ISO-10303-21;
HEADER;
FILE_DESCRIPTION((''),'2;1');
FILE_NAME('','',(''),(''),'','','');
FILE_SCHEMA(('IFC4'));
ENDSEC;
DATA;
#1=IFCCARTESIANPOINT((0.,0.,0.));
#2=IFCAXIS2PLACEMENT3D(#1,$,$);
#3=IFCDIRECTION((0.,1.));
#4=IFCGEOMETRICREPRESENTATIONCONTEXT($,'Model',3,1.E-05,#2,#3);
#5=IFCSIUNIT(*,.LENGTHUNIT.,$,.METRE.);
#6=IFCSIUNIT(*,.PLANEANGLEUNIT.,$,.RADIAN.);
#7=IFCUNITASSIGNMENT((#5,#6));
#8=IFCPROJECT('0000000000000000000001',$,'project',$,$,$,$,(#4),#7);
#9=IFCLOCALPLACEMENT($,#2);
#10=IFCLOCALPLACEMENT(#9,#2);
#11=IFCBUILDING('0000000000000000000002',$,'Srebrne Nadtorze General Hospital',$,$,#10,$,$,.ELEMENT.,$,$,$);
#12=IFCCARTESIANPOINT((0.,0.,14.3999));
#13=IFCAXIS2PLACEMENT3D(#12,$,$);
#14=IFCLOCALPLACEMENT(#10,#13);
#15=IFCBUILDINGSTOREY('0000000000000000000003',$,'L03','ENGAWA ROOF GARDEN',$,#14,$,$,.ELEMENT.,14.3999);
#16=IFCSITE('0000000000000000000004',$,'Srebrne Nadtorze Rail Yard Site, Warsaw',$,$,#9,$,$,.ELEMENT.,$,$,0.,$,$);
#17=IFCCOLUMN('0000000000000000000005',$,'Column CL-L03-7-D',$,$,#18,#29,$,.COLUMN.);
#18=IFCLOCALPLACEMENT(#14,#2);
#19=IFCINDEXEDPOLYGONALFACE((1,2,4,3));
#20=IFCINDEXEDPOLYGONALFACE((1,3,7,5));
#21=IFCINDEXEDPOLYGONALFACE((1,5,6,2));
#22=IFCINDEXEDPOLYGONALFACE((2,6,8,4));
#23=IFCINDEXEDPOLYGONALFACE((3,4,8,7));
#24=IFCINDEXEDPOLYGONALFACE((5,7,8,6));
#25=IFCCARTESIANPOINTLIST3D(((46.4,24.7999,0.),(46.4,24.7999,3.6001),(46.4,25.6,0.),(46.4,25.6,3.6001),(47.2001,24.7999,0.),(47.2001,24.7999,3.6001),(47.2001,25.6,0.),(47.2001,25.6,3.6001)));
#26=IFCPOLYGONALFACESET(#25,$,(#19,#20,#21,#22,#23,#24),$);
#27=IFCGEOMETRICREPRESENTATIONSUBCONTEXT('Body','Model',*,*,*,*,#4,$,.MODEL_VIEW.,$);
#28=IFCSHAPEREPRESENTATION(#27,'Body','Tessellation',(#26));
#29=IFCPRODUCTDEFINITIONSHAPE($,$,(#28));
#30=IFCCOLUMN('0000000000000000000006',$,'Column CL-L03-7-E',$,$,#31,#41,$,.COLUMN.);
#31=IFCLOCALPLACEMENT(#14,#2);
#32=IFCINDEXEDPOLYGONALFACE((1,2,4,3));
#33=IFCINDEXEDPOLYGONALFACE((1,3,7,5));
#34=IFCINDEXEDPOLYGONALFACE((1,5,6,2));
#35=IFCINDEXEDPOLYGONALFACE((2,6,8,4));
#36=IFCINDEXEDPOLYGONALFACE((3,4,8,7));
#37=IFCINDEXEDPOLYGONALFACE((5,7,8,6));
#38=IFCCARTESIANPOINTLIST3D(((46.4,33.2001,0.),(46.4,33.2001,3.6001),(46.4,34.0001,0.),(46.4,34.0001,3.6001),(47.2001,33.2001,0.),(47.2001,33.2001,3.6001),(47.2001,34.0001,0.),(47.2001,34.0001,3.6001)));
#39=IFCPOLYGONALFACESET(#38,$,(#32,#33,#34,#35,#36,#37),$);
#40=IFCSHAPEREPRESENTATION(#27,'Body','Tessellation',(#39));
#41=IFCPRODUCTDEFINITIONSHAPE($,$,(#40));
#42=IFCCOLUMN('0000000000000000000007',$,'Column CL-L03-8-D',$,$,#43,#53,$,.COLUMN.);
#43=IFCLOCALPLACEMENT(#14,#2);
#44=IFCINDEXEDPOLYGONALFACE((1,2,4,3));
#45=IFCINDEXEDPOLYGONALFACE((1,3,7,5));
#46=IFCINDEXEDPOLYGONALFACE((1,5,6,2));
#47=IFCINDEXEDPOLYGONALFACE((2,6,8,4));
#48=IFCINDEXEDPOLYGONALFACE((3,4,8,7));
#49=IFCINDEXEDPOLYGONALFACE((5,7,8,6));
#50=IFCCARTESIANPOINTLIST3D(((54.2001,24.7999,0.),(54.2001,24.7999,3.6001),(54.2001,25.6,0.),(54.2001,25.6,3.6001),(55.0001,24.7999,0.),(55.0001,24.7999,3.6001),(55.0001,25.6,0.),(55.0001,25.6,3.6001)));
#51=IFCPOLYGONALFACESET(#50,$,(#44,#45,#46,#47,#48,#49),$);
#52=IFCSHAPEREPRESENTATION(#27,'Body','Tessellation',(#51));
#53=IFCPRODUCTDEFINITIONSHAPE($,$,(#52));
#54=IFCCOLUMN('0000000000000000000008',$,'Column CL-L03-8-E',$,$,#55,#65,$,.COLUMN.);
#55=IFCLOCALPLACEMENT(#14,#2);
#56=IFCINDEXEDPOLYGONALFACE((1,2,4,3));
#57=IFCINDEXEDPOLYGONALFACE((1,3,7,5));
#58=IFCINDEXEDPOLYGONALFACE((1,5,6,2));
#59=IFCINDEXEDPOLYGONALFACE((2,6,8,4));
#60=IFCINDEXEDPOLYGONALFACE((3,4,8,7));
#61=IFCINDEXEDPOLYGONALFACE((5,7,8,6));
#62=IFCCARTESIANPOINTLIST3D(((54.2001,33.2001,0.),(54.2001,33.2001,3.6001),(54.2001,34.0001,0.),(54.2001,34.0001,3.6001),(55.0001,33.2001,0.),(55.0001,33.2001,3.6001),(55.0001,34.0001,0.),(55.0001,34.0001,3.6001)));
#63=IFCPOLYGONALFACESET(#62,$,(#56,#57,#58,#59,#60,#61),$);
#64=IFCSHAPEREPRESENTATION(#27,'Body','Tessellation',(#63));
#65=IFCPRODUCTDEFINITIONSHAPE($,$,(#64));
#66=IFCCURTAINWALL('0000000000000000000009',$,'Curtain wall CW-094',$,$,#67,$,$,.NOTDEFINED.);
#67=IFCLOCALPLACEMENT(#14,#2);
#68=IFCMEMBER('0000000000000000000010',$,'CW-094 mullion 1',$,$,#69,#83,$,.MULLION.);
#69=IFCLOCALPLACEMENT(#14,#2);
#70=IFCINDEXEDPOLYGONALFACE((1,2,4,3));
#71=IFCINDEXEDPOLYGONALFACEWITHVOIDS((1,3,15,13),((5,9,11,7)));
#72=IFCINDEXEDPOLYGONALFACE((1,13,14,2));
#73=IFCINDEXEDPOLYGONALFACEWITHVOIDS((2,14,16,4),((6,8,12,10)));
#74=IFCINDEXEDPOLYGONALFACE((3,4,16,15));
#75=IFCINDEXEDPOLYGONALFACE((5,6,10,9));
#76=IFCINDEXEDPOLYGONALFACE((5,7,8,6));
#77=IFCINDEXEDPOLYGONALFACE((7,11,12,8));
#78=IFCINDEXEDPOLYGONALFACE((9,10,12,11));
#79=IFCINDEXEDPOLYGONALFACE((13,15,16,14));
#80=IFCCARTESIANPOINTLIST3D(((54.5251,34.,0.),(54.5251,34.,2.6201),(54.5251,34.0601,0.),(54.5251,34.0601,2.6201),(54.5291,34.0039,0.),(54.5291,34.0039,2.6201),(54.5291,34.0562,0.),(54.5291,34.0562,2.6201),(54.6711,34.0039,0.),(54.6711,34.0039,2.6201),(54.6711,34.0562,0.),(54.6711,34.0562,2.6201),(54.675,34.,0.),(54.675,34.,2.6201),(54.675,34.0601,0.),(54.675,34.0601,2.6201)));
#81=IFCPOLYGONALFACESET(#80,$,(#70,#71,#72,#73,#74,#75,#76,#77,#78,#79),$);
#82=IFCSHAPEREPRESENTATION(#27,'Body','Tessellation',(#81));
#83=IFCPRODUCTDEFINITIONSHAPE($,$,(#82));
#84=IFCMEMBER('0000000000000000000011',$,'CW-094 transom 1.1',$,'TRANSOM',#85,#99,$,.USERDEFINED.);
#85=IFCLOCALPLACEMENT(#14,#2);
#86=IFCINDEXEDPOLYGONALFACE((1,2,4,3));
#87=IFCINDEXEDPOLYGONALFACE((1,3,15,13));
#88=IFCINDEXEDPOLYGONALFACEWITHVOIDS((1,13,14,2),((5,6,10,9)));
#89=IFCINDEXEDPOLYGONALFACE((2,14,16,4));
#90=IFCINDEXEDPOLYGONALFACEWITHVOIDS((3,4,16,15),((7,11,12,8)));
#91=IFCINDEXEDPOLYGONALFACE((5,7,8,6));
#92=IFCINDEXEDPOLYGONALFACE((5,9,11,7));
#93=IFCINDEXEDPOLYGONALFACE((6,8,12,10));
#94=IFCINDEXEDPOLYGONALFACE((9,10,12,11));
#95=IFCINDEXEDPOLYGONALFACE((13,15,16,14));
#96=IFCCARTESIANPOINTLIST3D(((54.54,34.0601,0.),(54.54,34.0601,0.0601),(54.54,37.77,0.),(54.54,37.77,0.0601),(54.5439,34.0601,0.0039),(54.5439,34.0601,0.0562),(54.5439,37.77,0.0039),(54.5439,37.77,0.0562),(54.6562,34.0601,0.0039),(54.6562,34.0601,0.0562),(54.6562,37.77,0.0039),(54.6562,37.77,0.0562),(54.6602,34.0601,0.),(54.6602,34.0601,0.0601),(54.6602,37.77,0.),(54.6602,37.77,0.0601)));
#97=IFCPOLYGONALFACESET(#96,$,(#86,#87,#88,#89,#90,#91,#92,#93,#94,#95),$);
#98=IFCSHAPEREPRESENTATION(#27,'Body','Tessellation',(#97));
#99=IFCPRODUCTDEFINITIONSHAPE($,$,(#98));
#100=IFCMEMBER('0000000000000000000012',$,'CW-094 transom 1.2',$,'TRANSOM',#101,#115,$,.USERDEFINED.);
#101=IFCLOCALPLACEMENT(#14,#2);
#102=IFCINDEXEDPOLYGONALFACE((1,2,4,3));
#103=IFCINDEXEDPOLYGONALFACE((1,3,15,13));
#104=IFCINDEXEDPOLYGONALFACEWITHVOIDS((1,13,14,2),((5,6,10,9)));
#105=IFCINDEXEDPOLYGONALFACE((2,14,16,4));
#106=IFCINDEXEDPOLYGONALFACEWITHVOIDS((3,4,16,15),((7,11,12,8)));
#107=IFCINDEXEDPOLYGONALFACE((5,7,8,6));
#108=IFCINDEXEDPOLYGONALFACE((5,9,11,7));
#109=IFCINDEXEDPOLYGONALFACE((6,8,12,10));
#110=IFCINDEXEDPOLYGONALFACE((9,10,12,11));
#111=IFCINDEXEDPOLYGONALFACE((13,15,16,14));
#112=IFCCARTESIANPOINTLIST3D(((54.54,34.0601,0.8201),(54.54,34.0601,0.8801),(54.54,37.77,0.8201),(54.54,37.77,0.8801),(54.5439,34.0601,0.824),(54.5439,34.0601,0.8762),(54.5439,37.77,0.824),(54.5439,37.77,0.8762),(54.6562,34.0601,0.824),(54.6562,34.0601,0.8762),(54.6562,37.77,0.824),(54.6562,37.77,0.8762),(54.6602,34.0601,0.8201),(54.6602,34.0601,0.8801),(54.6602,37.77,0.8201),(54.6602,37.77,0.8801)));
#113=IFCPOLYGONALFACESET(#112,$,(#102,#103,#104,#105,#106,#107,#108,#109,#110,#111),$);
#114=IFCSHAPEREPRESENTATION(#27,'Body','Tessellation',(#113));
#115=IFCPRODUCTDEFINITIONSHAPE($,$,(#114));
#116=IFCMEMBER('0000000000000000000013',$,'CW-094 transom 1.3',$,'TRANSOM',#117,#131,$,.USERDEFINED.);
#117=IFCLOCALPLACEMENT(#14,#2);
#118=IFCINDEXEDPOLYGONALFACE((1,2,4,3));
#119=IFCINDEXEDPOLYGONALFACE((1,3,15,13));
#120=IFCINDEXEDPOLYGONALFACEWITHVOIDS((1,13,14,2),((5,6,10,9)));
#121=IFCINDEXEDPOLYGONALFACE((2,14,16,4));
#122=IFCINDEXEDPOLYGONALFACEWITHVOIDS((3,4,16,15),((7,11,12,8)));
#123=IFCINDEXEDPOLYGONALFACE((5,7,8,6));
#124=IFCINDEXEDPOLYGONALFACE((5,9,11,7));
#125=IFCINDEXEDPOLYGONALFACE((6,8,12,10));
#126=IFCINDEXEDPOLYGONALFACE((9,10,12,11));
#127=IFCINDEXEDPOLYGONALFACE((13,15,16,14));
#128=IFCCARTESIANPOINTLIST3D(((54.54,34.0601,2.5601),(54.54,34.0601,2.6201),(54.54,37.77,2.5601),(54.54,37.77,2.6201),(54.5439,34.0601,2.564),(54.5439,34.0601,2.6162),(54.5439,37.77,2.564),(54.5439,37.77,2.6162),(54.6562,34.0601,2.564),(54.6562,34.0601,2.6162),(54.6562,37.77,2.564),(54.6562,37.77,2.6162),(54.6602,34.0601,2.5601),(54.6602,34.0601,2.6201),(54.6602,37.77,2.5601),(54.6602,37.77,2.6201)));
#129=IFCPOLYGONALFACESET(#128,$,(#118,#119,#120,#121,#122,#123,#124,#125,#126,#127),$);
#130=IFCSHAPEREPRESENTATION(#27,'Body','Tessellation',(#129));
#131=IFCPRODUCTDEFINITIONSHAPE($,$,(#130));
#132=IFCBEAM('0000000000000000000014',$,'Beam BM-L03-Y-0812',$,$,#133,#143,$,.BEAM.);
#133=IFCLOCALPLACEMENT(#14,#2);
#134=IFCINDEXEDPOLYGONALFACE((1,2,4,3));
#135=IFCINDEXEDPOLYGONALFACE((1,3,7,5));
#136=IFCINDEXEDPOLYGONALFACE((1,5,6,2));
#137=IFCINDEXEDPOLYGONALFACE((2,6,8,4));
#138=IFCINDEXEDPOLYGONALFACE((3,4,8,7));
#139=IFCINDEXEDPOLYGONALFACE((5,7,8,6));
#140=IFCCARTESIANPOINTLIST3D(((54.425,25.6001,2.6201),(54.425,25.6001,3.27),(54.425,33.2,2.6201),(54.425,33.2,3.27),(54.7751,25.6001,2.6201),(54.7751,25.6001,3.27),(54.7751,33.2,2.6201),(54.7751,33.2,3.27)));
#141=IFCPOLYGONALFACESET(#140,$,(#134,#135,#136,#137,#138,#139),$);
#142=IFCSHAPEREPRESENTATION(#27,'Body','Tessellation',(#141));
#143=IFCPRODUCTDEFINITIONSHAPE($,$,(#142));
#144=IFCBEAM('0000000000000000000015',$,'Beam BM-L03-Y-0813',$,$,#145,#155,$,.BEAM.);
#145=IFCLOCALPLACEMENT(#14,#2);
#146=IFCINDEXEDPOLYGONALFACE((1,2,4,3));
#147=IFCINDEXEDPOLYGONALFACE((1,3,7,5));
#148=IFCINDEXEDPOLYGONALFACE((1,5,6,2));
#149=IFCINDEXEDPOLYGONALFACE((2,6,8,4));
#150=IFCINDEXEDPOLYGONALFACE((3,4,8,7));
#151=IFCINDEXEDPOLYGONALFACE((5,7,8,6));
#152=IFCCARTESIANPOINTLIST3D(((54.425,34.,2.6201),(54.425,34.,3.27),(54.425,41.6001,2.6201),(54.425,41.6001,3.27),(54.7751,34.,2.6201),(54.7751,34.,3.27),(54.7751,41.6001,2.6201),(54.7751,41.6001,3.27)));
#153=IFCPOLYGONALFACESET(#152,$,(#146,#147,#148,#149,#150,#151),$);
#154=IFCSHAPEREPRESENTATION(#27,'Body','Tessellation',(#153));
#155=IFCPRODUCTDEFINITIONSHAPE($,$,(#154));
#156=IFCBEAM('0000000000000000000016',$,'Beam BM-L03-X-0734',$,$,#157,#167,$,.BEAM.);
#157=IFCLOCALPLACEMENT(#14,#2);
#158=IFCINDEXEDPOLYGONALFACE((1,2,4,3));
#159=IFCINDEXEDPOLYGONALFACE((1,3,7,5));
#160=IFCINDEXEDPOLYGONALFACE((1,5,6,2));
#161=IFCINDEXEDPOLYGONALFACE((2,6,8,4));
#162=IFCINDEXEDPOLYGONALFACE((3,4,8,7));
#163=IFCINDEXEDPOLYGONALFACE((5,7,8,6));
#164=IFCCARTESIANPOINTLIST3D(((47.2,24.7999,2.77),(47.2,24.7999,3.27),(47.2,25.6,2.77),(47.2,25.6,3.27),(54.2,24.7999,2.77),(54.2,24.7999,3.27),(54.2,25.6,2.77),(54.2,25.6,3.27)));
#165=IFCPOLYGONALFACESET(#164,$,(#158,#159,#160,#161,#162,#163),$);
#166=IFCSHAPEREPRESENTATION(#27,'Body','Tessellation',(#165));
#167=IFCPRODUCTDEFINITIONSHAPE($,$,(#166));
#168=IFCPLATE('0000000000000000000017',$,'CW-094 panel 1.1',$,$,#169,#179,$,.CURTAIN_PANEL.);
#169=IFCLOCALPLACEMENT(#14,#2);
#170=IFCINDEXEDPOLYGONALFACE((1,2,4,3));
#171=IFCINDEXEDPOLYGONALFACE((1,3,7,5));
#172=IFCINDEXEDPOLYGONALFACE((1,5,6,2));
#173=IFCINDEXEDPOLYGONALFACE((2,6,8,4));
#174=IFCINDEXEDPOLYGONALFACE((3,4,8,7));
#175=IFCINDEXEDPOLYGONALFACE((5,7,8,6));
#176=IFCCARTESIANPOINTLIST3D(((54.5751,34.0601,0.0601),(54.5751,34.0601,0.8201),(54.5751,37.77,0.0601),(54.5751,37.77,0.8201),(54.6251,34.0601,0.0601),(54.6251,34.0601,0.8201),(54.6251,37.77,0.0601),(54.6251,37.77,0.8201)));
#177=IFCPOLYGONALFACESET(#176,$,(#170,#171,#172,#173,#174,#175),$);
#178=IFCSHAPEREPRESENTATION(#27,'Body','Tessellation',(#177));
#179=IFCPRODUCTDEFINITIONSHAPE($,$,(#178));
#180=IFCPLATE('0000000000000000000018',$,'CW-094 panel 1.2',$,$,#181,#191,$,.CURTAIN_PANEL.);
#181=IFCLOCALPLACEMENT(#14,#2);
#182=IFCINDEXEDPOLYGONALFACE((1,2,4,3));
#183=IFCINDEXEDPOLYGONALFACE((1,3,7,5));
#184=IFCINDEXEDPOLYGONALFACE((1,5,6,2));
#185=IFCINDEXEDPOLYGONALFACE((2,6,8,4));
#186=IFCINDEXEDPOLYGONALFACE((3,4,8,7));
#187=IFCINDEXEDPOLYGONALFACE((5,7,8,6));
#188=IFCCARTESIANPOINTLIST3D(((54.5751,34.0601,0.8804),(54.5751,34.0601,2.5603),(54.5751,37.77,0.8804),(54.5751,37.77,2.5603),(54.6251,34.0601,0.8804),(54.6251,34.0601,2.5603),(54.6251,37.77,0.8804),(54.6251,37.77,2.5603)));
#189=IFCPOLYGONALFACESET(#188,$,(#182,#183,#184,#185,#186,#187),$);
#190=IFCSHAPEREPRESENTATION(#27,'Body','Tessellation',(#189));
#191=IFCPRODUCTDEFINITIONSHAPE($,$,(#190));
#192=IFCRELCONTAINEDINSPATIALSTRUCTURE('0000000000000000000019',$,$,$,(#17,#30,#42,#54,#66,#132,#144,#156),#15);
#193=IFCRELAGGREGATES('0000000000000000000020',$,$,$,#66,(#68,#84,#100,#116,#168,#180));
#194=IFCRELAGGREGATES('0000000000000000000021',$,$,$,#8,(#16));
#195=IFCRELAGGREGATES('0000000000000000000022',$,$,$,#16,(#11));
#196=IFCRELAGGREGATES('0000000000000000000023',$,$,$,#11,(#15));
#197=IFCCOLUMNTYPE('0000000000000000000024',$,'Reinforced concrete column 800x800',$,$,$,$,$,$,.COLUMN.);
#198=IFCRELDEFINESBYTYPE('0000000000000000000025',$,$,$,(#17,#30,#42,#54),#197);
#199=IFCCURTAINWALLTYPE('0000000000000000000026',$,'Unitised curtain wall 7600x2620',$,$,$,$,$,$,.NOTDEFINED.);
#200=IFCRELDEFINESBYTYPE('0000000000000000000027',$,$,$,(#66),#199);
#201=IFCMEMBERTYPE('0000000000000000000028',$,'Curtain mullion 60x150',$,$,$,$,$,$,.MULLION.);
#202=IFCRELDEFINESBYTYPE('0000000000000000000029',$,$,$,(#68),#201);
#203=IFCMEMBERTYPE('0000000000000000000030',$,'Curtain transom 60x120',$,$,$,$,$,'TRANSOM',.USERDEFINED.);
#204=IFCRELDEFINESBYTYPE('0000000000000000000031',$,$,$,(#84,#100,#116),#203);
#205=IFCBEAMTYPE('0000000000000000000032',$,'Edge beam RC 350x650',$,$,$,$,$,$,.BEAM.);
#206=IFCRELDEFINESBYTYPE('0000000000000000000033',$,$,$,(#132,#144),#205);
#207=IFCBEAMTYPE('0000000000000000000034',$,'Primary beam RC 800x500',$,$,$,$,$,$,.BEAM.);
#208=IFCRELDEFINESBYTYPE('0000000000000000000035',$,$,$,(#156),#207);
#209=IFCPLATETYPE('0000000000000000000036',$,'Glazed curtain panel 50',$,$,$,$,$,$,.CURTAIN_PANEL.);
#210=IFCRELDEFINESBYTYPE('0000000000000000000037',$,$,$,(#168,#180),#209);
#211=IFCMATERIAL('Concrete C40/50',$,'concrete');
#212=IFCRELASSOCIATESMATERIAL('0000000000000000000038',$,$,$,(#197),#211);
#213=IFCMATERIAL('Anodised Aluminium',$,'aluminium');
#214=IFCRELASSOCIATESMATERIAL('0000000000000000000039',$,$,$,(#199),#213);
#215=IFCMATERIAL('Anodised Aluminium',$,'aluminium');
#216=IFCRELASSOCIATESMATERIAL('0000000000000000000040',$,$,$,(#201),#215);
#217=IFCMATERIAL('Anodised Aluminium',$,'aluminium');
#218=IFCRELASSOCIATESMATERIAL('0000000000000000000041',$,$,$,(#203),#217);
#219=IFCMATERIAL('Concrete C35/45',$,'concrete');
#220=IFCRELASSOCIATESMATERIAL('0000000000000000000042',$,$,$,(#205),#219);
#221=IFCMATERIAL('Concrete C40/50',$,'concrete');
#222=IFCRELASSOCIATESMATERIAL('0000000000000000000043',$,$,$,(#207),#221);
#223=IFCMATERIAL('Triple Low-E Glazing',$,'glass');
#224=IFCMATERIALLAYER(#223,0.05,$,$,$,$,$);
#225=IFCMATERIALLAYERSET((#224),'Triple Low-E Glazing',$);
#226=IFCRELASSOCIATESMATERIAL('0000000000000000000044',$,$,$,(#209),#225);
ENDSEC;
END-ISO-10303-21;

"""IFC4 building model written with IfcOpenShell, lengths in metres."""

from ifc_helpers import new_model, si_unit, direction, frame, origin, origin_2d, place, context, subcontext, project, spatial, rectangle, hollow_rectangle, extrude, material, layer, layer_set, material_profile, profile_set, type_object, element, aggregate, save


model = new_model("IFC4")

# Units and contexts
model_context = context("Model", 3, precision=1e-05, world=origin(), true_north=direction((0.0, 1.0)))
body_context = subcontext(model_context, "Body", "Model", "MODEL_VIEW")
ifc_project = project(units=[si_unit("LENGTHUNIT", "METRE"), si_unit("PLANEANGLEUNIT", "RADIAN")], contexts=[model_context])

# Site, building, storey
site_placement = place(None, origin())
site = spatial("IfcSite", under=ifc_project, at=site_placement, Name="Srebrne Nadtorze Rail Yard Site, Warsaw", CompositionType="ELEMENT", RefElevation=0.0)
building_placement = place(site_placement, origin())
building = spatial("IfcBuilding", under=site, at=building_placement, Name="Srebrne Nadtorze General Hospital", CompositionType="ELEMENT")
storey_placement = place(building_placement, frame((0.0, 0.0, 14.3999)))
storey = spatial("IfcBuildingStorey", under=building, at=storey_placement, Name="L03", Description="ENGAWA ROOF GARDEN", CompositionType="ELEMENT", Elevation=14.3999)

# Columns
ifc_material_1 = material(Name="Concrete C40/50", Category="concrete")
ifc_material_profile_1 = material_profile(ifc_material_1, rectangle(XDim=0.8, YDim=0.8, at=origin_2d()), Name="RC-COL-800x800")
ifc_profile_set_1 = profile_set([ifc_material_profile_1], Name="Concrete C40/50")
column_type = type_object("IfcColumnType", Name="Reinforced concrete column 800x800", PredefinedType="COLUMN", material=ifc_profile_set_1)
for number, where, z_axis, x_axis, name in (
    (1, (46.8, 25.2, 0.0), (0.0, 0.0, 1.0), (1.0, 0.0, 0.0), "Column CL-L03-7-D"),
    (2, (46.8, 33.6001, 0.0), (0.0, 0.0, 1.0), (1.0, 0.0, 0.0), "Column CL-L03-7-E"),
    (3, (54.6001, 25.2, 0.0), (0.0, 0.0, 1.0), (1.0, 0.0, 0.0), "Column CL-L03-8-D"),
    (4, (54.6001, 33.6001, 0.0), (0.0, 0.0, 1.0), (1.0, 0.0, 0.0), "Column CL-L03-8-E"),
):
    element("IfcColumn", number, at=place(storey_placement, frame(where, z_axis=z_axis, x_axis=x_axis)), inside=storey, type_object=column_type, Name=name, PredefinedType="COLUMN", context=body_context, shape_type="SweptSolid", body=[
        extrude(rectangle(XDim=0.8, YDim=0.8, at=origin_2d()), origin(), (0.0, 0.0, 1.0), 3.6001),
    ])

# Curtain wall, members
ifc_material_2 = material(Name="Anodised Aluminium", Category="aluminium")
curtain_wall_type = type_object("IfcCurtainWallType", Name="Unitised curtain wall 7600x2620", PredefinedType="NOTDEFINED", material=ifc_material_2)
curtain_wall_placement = place(storey_placement, origin())
curtain_wall = element("IfcCurtainWall", 5, at=curtain_wall_placement, inside=storey, type_object=curtain_wall_type, Name="Curtain wall CW-094", PredefinedType="NOTDEFINED")
ifc_material_3 = material(Name="Anodised Aluminium", Category="aluminium")
ifc_material_profile_2 = material_profile(ifc_material_3, hollow_rectangle(XDim=0.0601, YDim=0.1499, WallThickness=0.0039, at=origin_2d()), Name="AL-MUL-60x150")
ifc_profile_set_2 = profile_set([ifc_material_profile_2], Name="Anodised Aluminium")
member_type_1 = type_object("IfcMemberType", Name="Curtain mullion 60x150", PredefinedType="MULLION", material=ifc_profile_set_2)
member_1_placement = place(storey_placement, frame((54.6001, 34.03, 0.0), z_axis=(0.0, 0.0, 1.0), x_axis=(0.0, 1.0, 0.0)))
member_1 = element("IfcMember", 6, at=member_1_placement, type_object=member_type_1, Name="CW-094 mullion 1", PredefinedType="MULLION", context=body_context, shape_type="SweptSolid", body=[
    extrude(hollow_rectangle(XDim=0.0601, YDim=0.1499, WallThickness=0.0039, at=origin_2d()), origin(), (0.0, 0.0, 1.0), 2.6201),
])
ifc_material_4 = material(Name="Anodised Aluminium", Category="aluminium")
ifc_material_profile_3 = material_profile(ifc_material_4, hollow_rectangle(XDim=0.0601, YDim=0.1201, WallThickness=0.0039, at=origin_2d()), Name="AL-TRN-60x120")
ifc_profile_set_3 = profile_set([ifc_material_profile_3], Name="Anodised Aluminium")
member_type_2 = type_object("IfcMemberType", Name="Curtain transom 60x120", ElementType="TRANSOM", PredefinedType="USERDEFINED", material=ifc_profile_set_3)
member_2_placement = place(storey_placement, frame((54.6001, 34.0601, 0.03), z_axis=(0.0, 1.0, 0.0), x_axis=(0.0, 0.0, 1.0)))
member_2 = element("IfcMember", 7, at=member_2_placement, type_object=member_type_2, Name="CW-094 transom 1.1", ObjectType="TRANSOM", PredefinedType="USERDEFINED", context=body_context, shape_type="SweptSolid", body=[
    extrude(hollow_rectangle(XDim=0.0601, YDim=0.1201, WallThickness=0.0039, at=origin_2d()), origin(), (0.0, 0.0, 1.0), 3.71),
])
member_3_placement = place(storey_placement, frame((54.6001, 34.0601, 0.8501), z_axis=(0.0, 1.0, 0.0), x_axis=(0.0, 0.0, 1.0)))
member_3 = element("IfcMember", 8, at=member_3_placement, type_object=member_type_2, Name="CW-094 transom 1.2", ObjectType="TRANSOM", PredefinedType="USERDEFINED", context=body_context, shape_type="SweptSolid", body=[
    extrude(hollow_rectangle(XDim=0.0601, YDim=0.1201, WallThickness=0.0039, at=origin_2d()), origin(), (0.0, 0.0, 1.0), 3.71),
])
member_4_placement = place(storey_placement, frame((54.6001, 34.0601, 2.5901), z_axis=(0.0, 1.0, 0.0), x_axis=(0.0, 0.0, 1.0)))
member_4 = element("IfcMember", 9, at=member_4_placement, type_object=member_type_2, Name="CW-094 transom 1.3", ObjectType="TRANSOM", PredefinedType="USERDEFINED", context=body_context, shape_type="SweptSolid", body=[
    extrude(hollow_rectangle(XDim=0.0601, YDim=0.1201, WallThickness=0.0039, at=origin_2d()), origin(), (0.0, 0.0, 1.0), 3.71),
])

# Beams
ifc_material_5 = material(Name="Concrete C35/45", Category="concrete")
ifc_material_profile_4 = material_profile(ifc_material_5, rectangle(XDim=0.3501, YDim=0.6499, at=origin_2d()), Name="RC-BM-350x650")
ifc_profile_set_4 = profile_set([ifc_material_profile_4], Name="Concrete C35/45")
beam_type_1 = type_object("IfcBeamType", Name="Edge beam RC 350x650", PredefinedType="BEAM", material=ifc_profile_set_4)
beam_1_placement = place(storey_placement, frame((54.6001, 25.6001, 2.9451), z_axis=(0.0, 1.0, 0.0), x_axis=(-1.0, 0.0, 0.0)))
element("IfcBeam", 10, at=beam_1_placement, inside=storey, type_object=beam_type_1, Name="Beam BM-L03-Y-0812", PredefinedType="BEAM", context=body_context, shape_type="SweptSolid", body=[
    extrude(rectangle(XDim=0.3501, YDim=0.6499, at=origin_2d()), origin(), (0.0, 0.0, 1.0), 7.5999),
])
beam_2_placement = place(storey_placement, frame((54.6001, 34.0, 2.9451), z_axis=(0.0, 1.0, 0.0), x_axis=(-1.0, 0.0, 0.0)))
element("IfcBeam", 11, at=beam_2_placement, inside=storey, type_object=beam_type_1, Name="Beam BM-L03-Y-0813", PredefinedType="BEAM", context=body_context, shape_type="SweptSolid", body=[
    extrude(rectangle(XDim=0.3501, YDim=0.6499, at=origin_2d()), origin(), (0.0, 0.0, 1.0), 7.6001),
])
ifc_material_6 = material(Name="Concrete C40/50", Category="concrete")
ifc_material_profile_5 = material_profile(ifc_material_6, rectangle(XDim=0.8, YDim=0.5, at=origin_2d()), Name="RC-BM-800x500")
ifc_profile_set_5 = profile_set([ifc_material_profile_5], Name="Concrete C40/50")
beam_type_2 = type_object("IfcBeamType", Name="Primary beam RC 800x500", PredefinedType="BEAM", material=ifc_profile_set_5)
beam_3_placement = place(storey_placement, frame((47.2, 25.2, 3.02), z_axis=(1.0, 0.0, 0.0), x_axis=(0.0, 1.0, 0.0)))
element("IfcBeam", 12, at=beam_3_placement, inside=storey, type_object=beam_type_2, Name="Beam BM-L03-X-0734", PredefinedType="BEAM", context=body_context, shape_type="SweptSolid", body=[
    extrude(rectangle(XDim=0.8, YDim=0.5, at=origin_2d()), origin(), (0.0, 0.0, 1.0), 7.0),
])

# Plates
ifc_material_7 = material(Name="Triple Low-E Glazing", Category="glass")
ifc_layer_1 = layer(ifc_material_7, 0.05)
ifc_layer_set_1 = layer_set([ifc_layer_1], Name="Triple Low-E Glazing")
plate_type = type_object("IfcPlateType", Name="Glazed curtain panel 50", PredefinedType="CURTAIN_PANEL", material=ifc_layer_set_1)
plate_1_placement = place(storey_placement, frame((54.6001, 35.915, 0.0601), z_axis=(0.0, 0.0, 1.0), x_axis=(0.0, 1.0, 0.0)))
plate_1 = element("IfcPlate", 13, at=plate_1_placement, type_object=plate_type, Name="CW-094 panel 1.1", PredefinedType="CURTAIN_PANEL", context=body_context, shape_type="SweptSolid", body=[
    extrude(rectangle(XDim=3.71, YDim=0.05, at=origin_2d()), origin(), (0.0, 0.0, 1.0), 0.76),
])
plate_2_placement = place(storey_placement, frame((54.6001, 35.915, 0.8804), z_axis=(0.0, 0.0, 1.0), x_axis=(0.0, 1.0, 0.0)))
plate_2 = element("IfcPlate", 14, at=plate_2_placement, type_object=plate_type, Name="CW-094 panel 1.2", PredefinedType="CURTAIN_PANEL", context=body_context, shape_type="SweptSolid", body=[
    extrude(rectangle(XDim=3.71, YDim=0.05, at=origin_2d()), origin(), (0.0, 0.0, 1.0), 1.6799),
])
aggregate(curtain_wall, [member_1, member_2, member_3, member_4, plate_1, plate_2])

save(model, "model.ifc")
